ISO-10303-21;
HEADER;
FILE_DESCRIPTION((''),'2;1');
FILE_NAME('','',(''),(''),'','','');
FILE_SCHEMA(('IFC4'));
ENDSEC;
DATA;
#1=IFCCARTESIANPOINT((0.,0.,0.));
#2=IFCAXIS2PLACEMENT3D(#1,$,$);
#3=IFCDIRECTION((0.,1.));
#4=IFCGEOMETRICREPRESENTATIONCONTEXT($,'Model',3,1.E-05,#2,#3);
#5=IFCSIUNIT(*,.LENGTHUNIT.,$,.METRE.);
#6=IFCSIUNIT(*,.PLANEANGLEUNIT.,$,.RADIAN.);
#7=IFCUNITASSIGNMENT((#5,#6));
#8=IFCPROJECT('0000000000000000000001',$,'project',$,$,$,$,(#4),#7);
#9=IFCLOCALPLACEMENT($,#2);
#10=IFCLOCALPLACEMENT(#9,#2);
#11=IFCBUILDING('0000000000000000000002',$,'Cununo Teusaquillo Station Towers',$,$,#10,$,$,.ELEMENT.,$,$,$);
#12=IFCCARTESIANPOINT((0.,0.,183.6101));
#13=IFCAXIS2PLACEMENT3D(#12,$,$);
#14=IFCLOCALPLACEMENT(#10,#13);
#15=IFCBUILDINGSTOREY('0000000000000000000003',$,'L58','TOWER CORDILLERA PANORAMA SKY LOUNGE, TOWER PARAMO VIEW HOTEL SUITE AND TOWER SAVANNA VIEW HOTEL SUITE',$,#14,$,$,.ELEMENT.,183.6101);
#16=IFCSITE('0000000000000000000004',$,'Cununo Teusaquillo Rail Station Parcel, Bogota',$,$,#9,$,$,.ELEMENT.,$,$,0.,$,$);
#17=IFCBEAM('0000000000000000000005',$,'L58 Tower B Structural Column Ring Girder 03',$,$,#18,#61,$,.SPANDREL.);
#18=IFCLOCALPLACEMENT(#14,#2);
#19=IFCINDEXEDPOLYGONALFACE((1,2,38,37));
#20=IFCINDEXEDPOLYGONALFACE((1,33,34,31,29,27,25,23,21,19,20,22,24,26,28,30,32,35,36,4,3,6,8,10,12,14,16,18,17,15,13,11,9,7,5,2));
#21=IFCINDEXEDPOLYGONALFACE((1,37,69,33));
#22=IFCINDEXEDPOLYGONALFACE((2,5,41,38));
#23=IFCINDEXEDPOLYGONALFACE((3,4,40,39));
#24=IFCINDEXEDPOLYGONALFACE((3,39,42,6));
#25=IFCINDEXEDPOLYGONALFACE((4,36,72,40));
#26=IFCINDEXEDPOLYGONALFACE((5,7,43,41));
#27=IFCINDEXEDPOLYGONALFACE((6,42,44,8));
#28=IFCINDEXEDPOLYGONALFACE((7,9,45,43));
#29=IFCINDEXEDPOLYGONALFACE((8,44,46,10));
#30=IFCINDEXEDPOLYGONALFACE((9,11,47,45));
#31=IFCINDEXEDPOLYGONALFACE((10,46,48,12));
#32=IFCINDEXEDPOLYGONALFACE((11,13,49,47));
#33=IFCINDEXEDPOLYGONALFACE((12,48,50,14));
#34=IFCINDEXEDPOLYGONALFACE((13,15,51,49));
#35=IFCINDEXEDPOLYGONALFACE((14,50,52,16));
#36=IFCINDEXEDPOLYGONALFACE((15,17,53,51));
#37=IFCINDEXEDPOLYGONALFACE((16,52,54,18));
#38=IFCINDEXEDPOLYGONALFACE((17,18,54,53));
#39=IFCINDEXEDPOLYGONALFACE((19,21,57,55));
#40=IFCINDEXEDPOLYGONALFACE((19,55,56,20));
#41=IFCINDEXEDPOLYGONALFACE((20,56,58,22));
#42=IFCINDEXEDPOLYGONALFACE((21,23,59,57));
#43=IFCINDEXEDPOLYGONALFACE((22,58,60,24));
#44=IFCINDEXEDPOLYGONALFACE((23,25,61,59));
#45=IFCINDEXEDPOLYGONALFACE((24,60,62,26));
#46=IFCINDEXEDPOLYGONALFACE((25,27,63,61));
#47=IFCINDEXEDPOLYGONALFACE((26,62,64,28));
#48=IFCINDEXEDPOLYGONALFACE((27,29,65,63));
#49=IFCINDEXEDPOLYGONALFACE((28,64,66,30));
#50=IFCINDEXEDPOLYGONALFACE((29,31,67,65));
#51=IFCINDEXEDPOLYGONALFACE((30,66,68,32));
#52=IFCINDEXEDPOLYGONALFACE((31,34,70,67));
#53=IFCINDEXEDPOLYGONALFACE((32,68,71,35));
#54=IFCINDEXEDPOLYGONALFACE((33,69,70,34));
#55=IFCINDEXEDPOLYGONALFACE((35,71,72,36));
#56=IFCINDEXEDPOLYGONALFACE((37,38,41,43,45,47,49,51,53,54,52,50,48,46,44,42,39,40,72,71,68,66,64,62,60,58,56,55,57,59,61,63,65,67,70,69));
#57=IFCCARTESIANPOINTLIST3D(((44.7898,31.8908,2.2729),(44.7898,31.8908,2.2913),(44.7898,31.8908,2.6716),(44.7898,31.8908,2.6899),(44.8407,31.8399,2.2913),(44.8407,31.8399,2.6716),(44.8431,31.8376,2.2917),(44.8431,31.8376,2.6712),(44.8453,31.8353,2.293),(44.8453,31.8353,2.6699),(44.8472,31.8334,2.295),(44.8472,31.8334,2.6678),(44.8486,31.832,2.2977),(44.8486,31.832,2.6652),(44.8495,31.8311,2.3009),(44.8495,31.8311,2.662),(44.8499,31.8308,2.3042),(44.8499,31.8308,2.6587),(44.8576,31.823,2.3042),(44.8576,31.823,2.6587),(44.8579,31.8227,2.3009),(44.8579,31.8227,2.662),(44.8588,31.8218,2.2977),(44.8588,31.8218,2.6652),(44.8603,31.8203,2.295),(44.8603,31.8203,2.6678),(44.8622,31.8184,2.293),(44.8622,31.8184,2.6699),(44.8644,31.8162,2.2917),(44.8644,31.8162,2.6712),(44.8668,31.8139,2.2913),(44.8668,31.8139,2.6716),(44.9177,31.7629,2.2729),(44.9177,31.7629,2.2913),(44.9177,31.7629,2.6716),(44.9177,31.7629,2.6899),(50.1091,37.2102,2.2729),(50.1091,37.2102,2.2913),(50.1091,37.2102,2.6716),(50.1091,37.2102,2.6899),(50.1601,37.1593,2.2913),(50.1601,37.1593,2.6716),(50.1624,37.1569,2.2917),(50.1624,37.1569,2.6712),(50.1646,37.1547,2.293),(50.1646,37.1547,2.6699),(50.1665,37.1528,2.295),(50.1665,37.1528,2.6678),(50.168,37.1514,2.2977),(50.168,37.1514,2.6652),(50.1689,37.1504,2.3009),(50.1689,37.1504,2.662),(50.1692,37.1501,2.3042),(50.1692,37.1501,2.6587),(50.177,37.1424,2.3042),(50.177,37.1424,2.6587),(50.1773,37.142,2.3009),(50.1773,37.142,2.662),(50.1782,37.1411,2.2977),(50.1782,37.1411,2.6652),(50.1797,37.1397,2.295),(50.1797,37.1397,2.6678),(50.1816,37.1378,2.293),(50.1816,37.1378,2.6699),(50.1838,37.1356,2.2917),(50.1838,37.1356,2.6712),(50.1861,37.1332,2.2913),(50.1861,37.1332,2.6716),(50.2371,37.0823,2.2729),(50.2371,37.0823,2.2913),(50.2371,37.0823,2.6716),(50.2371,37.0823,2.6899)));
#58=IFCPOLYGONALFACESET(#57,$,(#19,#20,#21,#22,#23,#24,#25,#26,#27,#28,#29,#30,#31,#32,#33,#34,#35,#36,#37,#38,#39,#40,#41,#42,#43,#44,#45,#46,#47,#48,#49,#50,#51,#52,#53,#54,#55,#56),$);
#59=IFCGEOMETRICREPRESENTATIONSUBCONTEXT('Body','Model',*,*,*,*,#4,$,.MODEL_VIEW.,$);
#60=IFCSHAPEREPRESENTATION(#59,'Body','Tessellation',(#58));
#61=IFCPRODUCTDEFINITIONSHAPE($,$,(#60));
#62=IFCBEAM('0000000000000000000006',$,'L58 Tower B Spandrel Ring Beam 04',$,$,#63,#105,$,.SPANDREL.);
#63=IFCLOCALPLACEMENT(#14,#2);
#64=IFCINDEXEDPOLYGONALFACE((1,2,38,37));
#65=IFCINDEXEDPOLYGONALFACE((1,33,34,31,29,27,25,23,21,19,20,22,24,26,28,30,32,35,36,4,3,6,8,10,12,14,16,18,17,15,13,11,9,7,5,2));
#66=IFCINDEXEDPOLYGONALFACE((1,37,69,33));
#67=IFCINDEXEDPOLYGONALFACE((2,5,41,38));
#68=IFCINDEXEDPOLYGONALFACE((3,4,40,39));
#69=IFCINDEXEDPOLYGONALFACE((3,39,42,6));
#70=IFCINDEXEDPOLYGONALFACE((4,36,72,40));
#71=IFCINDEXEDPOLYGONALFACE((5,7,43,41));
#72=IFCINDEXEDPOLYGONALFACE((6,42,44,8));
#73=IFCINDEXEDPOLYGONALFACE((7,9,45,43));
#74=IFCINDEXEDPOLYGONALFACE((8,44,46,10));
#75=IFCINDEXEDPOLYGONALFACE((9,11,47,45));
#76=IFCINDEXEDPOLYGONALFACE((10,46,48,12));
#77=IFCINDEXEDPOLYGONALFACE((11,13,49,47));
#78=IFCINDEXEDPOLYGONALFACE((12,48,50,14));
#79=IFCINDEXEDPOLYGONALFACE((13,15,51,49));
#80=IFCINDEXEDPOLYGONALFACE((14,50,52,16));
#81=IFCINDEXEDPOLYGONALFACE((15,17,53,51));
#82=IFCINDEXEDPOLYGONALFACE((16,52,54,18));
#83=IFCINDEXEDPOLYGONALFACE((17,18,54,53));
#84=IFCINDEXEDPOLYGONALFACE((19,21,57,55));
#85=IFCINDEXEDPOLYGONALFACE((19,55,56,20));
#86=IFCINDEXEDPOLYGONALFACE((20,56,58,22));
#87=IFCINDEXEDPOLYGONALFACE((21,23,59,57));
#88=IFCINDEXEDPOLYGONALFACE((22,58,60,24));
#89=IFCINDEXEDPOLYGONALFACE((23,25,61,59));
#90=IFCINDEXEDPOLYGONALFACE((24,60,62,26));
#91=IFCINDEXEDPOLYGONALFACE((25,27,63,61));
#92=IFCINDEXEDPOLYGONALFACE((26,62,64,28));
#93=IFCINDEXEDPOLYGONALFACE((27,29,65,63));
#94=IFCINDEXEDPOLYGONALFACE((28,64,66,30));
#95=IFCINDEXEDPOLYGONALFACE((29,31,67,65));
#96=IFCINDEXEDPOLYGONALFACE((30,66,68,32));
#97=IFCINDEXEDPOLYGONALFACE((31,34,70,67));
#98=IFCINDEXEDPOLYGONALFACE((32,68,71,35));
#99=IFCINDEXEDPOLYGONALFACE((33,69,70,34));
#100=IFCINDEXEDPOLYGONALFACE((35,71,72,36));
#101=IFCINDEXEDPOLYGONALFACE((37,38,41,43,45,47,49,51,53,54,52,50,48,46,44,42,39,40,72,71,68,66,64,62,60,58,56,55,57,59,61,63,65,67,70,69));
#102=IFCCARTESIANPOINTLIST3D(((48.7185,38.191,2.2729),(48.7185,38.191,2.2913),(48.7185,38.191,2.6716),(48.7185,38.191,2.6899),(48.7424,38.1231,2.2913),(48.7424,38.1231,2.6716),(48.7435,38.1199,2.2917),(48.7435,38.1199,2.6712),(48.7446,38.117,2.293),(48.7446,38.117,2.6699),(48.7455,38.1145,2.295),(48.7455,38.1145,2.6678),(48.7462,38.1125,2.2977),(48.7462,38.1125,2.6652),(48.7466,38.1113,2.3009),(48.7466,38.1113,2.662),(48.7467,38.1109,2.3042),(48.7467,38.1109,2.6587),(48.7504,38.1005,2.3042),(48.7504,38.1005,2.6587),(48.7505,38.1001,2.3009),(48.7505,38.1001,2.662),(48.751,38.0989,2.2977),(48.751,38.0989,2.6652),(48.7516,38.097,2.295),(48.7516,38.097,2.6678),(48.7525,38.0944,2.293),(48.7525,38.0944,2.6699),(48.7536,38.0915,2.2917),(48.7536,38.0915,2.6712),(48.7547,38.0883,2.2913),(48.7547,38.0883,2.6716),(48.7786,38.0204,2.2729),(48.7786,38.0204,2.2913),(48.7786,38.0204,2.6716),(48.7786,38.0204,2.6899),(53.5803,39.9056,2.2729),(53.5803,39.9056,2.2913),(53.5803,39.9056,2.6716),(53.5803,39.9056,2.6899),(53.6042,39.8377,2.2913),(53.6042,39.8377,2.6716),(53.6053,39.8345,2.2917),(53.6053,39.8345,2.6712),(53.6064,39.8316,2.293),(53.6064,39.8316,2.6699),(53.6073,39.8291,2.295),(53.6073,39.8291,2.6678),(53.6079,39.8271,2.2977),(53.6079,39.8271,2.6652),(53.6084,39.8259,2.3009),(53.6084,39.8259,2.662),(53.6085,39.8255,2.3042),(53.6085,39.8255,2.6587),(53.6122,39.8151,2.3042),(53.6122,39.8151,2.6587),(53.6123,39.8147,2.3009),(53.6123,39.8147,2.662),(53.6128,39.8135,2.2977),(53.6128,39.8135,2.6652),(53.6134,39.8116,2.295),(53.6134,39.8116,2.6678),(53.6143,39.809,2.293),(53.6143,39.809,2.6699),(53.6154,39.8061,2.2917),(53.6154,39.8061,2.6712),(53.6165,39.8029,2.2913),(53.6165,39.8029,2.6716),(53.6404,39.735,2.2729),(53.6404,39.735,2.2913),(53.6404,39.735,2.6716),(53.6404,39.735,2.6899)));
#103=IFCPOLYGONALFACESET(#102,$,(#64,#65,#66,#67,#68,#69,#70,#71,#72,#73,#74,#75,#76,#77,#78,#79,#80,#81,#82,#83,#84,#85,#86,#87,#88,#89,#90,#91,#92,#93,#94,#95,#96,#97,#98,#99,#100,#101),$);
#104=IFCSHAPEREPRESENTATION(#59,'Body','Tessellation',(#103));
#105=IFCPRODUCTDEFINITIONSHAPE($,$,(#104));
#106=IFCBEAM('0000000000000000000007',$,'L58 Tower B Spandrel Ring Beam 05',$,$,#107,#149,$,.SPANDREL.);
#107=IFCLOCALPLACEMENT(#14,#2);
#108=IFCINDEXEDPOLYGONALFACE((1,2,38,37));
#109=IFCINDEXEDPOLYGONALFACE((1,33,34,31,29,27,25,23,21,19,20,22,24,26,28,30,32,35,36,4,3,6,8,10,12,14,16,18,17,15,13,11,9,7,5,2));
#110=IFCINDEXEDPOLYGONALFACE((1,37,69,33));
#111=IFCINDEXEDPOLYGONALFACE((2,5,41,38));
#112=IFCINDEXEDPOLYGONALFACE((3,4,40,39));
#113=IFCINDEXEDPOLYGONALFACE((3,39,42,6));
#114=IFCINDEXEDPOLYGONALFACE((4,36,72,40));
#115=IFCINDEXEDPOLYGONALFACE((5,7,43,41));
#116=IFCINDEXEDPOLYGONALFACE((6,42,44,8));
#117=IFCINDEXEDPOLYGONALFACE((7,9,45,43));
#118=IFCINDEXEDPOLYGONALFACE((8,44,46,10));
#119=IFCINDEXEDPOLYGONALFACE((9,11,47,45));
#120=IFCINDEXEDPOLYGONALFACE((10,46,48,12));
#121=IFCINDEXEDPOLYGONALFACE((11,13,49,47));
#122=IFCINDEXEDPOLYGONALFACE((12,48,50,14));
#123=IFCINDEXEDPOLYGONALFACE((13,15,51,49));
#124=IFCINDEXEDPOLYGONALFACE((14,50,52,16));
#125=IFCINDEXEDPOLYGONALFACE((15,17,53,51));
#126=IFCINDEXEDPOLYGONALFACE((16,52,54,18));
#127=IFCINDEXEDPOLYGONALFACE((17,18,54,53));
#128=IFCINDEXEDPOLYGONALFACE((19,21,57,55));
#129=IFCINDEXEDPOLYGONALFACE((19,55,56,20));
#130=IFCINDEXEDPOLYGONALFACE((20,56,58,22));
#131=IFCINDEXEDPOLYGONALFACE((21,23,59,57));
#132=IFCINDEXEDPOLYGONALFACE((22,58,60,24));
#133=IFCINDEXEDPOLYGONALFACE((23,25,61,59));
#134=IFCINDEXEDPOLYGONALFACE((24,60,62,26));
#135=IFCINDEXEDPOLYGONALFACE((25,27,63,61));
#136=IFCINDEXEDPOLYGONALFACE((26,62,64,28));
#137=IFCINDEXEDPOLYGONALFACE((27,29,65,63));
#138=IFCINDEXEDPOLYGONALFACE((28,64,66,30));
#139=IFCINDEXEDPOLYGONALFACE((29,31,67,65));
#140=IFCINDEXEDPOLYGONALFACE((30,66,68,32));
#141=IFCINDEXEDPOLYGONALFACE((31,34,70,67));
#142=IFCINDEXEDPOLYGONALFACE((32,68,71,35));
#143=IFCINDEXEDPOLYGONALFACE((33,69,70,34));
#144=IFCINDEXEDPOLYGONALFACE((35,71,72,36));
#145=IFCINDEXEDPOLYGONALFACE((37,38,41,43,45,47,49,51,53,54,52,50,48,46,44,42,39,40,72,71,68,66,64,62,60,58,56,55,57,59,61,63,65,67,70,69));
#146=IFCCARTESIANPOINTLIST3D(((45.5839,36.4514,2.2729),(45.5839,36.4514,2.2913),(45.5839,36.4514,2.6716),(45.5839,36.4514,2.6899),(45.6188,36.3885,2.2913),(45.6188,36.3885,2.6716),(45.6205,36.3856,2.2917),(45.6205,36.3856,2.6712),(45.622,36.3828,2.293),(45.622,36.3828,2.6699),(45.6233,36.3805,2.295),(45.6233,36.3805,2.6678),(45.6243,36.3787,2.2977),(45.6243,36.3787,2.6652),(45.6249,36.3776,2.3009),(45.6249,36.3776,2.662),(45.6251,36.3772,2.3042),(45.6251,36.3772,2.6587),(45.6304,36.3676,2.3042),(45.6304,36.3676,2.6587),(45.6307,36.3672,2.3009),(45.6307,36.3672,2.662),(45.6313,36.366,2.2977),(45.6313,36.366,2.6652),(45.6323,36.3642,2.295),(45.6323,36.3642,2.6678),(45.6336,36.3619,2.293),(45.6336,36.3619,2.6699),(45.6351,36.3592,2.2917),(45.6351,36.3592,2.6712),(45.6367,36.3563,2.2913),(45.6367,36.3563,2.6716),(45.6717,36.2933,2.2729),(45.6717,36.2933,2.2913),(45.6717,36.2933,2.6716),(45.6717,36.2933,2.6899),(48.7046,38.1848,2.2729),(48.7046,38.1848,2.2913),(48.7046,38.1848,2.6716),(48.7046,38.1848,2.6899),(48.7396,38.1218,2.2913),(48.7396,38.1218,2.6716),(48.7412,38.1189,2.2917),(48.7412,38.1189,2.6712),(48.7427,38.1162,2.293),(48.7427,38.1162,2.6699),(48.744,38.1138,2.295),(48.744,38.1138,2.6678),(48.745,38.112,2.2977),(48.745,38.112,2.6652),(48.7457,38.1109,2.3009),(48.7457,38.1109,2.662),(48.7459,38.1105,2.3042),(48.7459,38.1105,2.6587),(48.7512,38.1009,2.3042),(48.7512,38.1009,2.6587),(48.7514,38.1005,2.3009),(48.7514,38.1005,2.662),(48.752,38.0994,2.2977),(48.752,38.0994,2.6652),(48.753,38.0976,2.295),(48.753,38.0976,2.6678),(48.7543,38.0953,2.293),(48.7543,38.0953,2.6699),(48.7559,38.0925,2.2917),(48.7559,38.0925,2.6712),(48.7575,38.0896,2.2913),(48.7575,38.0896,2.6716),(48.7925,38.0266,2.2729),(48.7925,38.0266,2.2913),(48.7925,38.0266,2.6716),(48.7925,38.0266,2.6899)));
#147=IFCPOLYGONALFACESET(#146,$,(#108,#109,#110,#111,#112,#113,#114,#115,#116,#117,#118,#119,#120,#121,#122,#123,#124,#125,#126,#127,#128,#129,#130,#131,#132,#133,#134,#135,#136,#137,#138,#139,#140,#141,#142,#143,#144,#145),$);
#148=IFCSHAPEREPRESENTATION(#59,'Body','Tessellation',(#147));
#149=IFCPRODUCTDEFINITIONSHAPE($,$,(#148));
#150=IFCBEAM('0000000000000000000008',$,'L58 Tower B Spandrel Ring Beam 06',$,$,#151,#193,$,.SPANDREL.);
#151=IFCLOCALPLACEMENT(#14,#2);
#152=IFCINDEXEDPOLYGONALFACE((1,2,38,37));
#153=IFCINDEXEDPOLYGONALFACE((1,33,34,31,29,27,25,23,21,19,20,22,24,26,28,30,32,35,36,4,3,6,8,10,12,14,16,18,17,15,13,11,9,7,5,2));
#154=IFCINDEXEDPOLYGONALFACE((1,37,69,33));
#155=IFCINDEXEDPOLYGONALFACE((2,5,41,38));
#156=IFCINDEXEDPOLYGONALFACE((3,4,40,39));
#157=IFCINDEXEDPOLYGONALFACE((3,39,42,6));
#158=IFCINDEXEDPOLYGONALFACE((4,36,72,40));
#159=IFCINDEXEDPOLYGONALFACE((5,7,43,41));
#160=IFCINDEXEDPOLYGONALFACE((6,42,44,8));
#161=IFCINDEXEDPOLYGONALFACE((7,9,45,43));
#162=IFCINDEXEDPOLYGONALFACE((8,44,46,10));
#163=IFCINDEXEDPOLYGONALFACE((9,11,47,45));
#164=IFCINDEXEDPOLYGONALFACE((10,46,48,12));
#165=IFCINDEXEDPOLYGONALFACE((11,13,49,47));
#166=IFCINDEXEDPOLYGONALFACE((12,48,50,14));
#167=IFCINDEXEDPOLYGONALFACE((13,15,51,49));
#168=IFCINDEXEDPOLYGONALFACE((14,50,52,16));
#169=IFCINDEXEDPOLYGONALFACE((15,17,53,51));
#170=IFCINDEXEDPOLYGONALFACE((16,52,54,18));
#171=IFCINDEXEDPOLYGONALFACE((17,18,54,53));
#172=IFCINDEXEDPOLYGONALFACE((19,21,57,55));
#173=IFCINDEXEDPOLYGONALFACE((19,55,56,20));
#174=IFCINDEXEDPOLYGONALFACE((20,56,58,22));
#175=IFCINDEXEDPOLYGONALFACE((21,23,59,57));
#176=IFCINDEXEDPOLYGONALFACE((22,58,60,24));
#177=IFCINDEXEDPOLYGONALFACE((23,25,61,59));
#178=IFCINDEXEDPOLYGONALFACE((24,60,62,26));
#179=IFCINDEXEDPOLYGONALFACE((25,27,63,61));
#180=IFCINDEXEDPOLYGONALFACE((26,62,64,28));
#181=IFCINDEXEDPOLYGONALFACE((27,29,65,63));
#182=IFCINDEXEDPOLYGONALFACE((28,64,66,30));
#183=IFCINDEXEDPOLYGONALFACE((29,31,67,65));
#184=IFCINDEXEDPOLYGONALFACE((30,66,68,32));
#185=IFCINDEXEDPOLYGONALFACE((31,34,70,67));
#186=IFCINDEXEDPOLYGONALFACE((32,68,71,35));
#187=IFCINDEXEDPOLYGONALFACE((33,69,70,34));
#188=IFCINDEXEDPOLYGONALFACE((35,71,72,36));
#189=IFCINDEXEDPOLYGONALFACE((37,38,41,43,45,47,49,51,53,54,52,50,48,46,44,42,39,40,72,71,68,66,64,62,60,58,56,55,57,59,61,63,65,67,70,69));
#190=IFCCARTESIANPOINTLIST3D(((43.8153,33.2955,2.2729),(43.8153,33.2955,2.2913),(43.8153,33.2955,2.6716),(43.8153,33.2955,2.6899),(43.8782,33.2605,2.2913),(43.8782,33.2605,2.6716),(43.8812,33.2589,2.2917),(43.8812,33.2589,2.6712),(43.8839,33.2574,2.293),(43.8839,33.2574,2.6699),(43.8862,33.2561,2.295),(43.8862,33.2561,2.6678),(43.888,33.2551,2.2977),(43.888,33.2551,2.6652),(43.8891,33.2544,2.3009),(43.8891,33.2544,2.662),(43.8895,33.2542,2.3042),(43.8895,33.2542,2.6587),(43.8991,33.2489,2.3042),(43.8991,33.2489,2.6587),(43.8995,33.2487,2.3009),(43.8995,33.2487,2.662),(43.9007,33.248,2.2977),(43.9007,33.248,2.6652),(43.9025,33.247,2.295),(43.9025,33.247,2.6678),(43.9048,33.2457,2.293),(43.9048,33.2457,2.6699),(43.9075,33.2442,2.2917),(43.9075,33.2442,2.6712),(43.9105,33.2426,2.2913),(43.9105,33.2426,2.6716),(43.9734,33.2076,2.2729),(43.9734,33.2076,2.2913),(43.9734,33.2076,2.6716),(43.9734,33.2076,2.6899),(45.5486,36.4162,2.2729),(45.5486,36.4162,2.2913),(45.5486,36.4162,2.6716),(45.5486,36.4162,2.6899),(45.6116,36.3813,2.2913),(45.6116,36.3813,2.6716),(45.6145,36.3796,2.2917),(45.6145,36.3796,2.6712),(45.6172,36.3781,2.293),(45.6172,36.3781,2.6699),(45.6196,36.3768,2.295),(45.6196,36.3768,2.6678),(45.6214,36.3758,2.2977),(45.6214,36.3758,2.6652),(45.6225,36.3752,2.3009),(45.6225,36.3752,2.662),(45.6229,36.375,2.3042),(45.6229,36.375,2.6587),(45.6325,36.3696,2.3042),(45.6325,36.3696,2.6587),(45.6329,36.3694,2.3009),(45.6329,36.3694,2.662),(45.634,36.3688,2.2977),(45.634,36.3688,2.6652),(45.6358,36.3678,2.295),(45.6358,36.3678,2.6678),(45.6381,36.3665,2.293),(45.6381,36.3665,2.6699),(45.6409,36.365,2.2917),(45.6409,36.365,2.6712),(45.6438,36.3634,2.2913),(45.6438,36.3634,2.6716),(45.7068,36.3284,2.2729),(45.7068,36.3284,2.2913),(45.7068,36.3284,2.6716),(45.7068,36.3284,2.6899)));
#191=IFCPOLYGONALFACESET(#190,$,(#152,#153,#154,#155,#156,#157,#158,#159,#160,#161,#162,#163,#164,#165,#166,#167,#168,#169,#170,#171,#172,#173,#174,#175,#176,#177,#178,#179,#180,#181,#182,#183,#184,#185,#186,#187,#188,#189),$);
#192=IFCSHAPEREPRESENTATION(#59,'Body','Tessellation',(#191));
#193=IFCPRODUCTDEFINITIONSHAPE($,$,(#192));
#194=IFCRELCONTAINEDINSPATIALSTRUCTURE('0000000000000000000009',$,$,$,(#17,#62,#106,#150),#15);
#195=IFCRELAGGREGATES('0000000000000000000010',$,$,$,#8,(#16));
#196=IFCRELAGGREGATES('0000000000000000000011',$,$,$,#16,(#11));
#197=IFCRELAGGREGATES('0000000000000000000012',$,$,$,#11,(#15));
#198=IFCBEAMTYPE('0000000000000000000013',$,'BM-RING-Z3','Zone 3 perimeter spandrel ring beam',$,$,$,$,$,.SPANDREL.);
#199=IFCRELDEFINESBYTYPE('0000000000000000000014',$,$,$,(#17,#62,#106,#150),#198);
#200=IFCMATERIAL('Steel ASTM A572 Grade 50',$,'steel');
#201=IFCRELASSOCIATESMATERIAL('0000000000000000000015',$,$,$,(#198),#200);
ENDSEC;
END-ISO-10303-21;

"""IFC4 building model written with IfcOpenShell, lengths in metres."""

from ifc_helpers import new_model, si_unit, direction, frame, origin, origin_2d, place, context, subcontext, project, spatial, i_section, extrude, material, material_profile, profile_set, type_object, element, save


model = new_model("IFC4")

# Units and contexts
model_context = context("Model", 3, precision=1e-05, world=origin(), true_north=direction((0.0, 1.0)))
body_context = subcontext(model_context, "Body", "Model", "MODEL_VIEW")
ifc_project = project(units=[si_unit("LENGTHUNIT", "METRE"), si_unit("PLANEANGLEUNIT", "RADIAN")], contexts=[model_context])

# Site, building, storey
site_placement = place(None, origin())
site = spatial("IfcSite", under=ifc_project, at=site_placement, Name="Cununo Teusaquillo Rail Station Parcel, Bogota", CompositionType="ELEMENT", RefElevation=0.0)
building_placement = place(site_placement, origin())
building = spatial("IfcBuilding", under=site, at=building_placement, Name="Cununo Teusaquillo Station Towers", CompositionType="ELEMENT")
storey_placement = place(building_placement, frame((0.0, 0.0, 183.6101)))
storey = spatial("IfcBuildingStorey", under=building, at=storey_placement, Name="L58", Description="TOWER CORDILLERA PANORAMA SKY LOUNGE, TOWER PARAMO VIEW HOTEL SUITE AND TOWER SAVANNA VIEW HOTEL SUITE", CompositionType="ELEMENT", Elevation=183.6101)

# Beams
ifc_material_1 = material(Name="Steel ASTM A572 Grade 50", Category="steel")
ifc_material_profile_1 = material_profile(ifc_material_1, i_section(OverallWidth=0.1809, OverallDepth=0.417, WebThickness=0.011, FlangeThickness=0.0183, FilletRadius=0.0129, at=origin_2d()), Name="W16X57")
ifc_profile_set_1 = profile_set([ifc_material_profile_1], Name="Steel ASTM A572 Grade 50")
beam_type_1 = type_object("IfcBeamType", Name="BM-RING-Z3", Description="Zone 3 perimeter spandrel ring beam", PredefinedType="SPANDREL", material=ifc_profile_set_1)
beam_1_placement = place(storey_placement, frame((50.1731, 37.1462, 2.4814), z_axis=(-0.707107, -0.707107, 0.0), x_axis=(0.707107, -0.707107, 0.0)))
element("IfcBeam", 1, at=beam_1_placement, inside=storey, type_object=beam_type_1, Name="L58 Tower B Structural Column Ring Girder 03", PredefinedType="SPANDREL", context=body_context, shape_type="SweptSolid", body=[
    extrude(i_section(OverallWidth=0.1809, OverallDepth=0.417, WebThickness=0.011, FlangeThickness=0.0183, FilletRadius=0.0129, at=origin_2d()), origin(), (0.0, 0.0, 1.0), 7.5227),
])
beam_2_placement = place(storey_placement, frame((53.6104, 39.8203, 2.4814), z_axis=(-0.943072, -0.33259, 0.0), x_axis=(0.33259, -0.943072, 0.0)))
element("IfcBeam", 2, at=beam_2_placement, inside=storey, type_object=beam_type_1, Name="L58 Tower B Spandrel Ring Beam 04", PredefinedType="SPANDREL", context=body_context, shape_type="SweptSolid", body=[
    extrude(i_section(OverallWidth=0.1809, OverallDepth=0.417, WebThickness=0.011, FlangeThickness=0.0183, FilletRadius=0.0129, at=origin_2d()), origin(), (0.0, 0.0, 1.0), 5.1553),
])
for number, where, z_axis, x_axis, name in (
    (3, (48.7485, 38.1057, 2.4814), (-0.874206, -0.485556, 0.0), (0.485556, -0.874206, 0.0), "L58 Tower B Spandrel Ring Beam 05"),
    (4, (45.6277, 36.3723, 2.4814), (-0.485556, -0.874206, 0.0), (0.874206, -0.485556, 0.0), "L58 Tower B Spandrel Ring Beam 06"),
):
    element("IfcBeam", number, at=place(storey_placement, frame(where, z_axis=z_axis, x_axis=x_axis)), inside=storey, type_object=beam_type_1, Name=name, PredefinedType="SPANDREL", context=body_context, shape_type="SweptSolid", body=[
        extrude(i_section(OverallWidth=0.1809, OverallDepth=0.417, WebThickness=0.011, FlangeThickness=0.0183, FilletRadius=0.0129, at=origin_2d()), origin(), (0.0, 0.0, 1.0), 3.5698),
    ])

save(model, "model.ifc")
